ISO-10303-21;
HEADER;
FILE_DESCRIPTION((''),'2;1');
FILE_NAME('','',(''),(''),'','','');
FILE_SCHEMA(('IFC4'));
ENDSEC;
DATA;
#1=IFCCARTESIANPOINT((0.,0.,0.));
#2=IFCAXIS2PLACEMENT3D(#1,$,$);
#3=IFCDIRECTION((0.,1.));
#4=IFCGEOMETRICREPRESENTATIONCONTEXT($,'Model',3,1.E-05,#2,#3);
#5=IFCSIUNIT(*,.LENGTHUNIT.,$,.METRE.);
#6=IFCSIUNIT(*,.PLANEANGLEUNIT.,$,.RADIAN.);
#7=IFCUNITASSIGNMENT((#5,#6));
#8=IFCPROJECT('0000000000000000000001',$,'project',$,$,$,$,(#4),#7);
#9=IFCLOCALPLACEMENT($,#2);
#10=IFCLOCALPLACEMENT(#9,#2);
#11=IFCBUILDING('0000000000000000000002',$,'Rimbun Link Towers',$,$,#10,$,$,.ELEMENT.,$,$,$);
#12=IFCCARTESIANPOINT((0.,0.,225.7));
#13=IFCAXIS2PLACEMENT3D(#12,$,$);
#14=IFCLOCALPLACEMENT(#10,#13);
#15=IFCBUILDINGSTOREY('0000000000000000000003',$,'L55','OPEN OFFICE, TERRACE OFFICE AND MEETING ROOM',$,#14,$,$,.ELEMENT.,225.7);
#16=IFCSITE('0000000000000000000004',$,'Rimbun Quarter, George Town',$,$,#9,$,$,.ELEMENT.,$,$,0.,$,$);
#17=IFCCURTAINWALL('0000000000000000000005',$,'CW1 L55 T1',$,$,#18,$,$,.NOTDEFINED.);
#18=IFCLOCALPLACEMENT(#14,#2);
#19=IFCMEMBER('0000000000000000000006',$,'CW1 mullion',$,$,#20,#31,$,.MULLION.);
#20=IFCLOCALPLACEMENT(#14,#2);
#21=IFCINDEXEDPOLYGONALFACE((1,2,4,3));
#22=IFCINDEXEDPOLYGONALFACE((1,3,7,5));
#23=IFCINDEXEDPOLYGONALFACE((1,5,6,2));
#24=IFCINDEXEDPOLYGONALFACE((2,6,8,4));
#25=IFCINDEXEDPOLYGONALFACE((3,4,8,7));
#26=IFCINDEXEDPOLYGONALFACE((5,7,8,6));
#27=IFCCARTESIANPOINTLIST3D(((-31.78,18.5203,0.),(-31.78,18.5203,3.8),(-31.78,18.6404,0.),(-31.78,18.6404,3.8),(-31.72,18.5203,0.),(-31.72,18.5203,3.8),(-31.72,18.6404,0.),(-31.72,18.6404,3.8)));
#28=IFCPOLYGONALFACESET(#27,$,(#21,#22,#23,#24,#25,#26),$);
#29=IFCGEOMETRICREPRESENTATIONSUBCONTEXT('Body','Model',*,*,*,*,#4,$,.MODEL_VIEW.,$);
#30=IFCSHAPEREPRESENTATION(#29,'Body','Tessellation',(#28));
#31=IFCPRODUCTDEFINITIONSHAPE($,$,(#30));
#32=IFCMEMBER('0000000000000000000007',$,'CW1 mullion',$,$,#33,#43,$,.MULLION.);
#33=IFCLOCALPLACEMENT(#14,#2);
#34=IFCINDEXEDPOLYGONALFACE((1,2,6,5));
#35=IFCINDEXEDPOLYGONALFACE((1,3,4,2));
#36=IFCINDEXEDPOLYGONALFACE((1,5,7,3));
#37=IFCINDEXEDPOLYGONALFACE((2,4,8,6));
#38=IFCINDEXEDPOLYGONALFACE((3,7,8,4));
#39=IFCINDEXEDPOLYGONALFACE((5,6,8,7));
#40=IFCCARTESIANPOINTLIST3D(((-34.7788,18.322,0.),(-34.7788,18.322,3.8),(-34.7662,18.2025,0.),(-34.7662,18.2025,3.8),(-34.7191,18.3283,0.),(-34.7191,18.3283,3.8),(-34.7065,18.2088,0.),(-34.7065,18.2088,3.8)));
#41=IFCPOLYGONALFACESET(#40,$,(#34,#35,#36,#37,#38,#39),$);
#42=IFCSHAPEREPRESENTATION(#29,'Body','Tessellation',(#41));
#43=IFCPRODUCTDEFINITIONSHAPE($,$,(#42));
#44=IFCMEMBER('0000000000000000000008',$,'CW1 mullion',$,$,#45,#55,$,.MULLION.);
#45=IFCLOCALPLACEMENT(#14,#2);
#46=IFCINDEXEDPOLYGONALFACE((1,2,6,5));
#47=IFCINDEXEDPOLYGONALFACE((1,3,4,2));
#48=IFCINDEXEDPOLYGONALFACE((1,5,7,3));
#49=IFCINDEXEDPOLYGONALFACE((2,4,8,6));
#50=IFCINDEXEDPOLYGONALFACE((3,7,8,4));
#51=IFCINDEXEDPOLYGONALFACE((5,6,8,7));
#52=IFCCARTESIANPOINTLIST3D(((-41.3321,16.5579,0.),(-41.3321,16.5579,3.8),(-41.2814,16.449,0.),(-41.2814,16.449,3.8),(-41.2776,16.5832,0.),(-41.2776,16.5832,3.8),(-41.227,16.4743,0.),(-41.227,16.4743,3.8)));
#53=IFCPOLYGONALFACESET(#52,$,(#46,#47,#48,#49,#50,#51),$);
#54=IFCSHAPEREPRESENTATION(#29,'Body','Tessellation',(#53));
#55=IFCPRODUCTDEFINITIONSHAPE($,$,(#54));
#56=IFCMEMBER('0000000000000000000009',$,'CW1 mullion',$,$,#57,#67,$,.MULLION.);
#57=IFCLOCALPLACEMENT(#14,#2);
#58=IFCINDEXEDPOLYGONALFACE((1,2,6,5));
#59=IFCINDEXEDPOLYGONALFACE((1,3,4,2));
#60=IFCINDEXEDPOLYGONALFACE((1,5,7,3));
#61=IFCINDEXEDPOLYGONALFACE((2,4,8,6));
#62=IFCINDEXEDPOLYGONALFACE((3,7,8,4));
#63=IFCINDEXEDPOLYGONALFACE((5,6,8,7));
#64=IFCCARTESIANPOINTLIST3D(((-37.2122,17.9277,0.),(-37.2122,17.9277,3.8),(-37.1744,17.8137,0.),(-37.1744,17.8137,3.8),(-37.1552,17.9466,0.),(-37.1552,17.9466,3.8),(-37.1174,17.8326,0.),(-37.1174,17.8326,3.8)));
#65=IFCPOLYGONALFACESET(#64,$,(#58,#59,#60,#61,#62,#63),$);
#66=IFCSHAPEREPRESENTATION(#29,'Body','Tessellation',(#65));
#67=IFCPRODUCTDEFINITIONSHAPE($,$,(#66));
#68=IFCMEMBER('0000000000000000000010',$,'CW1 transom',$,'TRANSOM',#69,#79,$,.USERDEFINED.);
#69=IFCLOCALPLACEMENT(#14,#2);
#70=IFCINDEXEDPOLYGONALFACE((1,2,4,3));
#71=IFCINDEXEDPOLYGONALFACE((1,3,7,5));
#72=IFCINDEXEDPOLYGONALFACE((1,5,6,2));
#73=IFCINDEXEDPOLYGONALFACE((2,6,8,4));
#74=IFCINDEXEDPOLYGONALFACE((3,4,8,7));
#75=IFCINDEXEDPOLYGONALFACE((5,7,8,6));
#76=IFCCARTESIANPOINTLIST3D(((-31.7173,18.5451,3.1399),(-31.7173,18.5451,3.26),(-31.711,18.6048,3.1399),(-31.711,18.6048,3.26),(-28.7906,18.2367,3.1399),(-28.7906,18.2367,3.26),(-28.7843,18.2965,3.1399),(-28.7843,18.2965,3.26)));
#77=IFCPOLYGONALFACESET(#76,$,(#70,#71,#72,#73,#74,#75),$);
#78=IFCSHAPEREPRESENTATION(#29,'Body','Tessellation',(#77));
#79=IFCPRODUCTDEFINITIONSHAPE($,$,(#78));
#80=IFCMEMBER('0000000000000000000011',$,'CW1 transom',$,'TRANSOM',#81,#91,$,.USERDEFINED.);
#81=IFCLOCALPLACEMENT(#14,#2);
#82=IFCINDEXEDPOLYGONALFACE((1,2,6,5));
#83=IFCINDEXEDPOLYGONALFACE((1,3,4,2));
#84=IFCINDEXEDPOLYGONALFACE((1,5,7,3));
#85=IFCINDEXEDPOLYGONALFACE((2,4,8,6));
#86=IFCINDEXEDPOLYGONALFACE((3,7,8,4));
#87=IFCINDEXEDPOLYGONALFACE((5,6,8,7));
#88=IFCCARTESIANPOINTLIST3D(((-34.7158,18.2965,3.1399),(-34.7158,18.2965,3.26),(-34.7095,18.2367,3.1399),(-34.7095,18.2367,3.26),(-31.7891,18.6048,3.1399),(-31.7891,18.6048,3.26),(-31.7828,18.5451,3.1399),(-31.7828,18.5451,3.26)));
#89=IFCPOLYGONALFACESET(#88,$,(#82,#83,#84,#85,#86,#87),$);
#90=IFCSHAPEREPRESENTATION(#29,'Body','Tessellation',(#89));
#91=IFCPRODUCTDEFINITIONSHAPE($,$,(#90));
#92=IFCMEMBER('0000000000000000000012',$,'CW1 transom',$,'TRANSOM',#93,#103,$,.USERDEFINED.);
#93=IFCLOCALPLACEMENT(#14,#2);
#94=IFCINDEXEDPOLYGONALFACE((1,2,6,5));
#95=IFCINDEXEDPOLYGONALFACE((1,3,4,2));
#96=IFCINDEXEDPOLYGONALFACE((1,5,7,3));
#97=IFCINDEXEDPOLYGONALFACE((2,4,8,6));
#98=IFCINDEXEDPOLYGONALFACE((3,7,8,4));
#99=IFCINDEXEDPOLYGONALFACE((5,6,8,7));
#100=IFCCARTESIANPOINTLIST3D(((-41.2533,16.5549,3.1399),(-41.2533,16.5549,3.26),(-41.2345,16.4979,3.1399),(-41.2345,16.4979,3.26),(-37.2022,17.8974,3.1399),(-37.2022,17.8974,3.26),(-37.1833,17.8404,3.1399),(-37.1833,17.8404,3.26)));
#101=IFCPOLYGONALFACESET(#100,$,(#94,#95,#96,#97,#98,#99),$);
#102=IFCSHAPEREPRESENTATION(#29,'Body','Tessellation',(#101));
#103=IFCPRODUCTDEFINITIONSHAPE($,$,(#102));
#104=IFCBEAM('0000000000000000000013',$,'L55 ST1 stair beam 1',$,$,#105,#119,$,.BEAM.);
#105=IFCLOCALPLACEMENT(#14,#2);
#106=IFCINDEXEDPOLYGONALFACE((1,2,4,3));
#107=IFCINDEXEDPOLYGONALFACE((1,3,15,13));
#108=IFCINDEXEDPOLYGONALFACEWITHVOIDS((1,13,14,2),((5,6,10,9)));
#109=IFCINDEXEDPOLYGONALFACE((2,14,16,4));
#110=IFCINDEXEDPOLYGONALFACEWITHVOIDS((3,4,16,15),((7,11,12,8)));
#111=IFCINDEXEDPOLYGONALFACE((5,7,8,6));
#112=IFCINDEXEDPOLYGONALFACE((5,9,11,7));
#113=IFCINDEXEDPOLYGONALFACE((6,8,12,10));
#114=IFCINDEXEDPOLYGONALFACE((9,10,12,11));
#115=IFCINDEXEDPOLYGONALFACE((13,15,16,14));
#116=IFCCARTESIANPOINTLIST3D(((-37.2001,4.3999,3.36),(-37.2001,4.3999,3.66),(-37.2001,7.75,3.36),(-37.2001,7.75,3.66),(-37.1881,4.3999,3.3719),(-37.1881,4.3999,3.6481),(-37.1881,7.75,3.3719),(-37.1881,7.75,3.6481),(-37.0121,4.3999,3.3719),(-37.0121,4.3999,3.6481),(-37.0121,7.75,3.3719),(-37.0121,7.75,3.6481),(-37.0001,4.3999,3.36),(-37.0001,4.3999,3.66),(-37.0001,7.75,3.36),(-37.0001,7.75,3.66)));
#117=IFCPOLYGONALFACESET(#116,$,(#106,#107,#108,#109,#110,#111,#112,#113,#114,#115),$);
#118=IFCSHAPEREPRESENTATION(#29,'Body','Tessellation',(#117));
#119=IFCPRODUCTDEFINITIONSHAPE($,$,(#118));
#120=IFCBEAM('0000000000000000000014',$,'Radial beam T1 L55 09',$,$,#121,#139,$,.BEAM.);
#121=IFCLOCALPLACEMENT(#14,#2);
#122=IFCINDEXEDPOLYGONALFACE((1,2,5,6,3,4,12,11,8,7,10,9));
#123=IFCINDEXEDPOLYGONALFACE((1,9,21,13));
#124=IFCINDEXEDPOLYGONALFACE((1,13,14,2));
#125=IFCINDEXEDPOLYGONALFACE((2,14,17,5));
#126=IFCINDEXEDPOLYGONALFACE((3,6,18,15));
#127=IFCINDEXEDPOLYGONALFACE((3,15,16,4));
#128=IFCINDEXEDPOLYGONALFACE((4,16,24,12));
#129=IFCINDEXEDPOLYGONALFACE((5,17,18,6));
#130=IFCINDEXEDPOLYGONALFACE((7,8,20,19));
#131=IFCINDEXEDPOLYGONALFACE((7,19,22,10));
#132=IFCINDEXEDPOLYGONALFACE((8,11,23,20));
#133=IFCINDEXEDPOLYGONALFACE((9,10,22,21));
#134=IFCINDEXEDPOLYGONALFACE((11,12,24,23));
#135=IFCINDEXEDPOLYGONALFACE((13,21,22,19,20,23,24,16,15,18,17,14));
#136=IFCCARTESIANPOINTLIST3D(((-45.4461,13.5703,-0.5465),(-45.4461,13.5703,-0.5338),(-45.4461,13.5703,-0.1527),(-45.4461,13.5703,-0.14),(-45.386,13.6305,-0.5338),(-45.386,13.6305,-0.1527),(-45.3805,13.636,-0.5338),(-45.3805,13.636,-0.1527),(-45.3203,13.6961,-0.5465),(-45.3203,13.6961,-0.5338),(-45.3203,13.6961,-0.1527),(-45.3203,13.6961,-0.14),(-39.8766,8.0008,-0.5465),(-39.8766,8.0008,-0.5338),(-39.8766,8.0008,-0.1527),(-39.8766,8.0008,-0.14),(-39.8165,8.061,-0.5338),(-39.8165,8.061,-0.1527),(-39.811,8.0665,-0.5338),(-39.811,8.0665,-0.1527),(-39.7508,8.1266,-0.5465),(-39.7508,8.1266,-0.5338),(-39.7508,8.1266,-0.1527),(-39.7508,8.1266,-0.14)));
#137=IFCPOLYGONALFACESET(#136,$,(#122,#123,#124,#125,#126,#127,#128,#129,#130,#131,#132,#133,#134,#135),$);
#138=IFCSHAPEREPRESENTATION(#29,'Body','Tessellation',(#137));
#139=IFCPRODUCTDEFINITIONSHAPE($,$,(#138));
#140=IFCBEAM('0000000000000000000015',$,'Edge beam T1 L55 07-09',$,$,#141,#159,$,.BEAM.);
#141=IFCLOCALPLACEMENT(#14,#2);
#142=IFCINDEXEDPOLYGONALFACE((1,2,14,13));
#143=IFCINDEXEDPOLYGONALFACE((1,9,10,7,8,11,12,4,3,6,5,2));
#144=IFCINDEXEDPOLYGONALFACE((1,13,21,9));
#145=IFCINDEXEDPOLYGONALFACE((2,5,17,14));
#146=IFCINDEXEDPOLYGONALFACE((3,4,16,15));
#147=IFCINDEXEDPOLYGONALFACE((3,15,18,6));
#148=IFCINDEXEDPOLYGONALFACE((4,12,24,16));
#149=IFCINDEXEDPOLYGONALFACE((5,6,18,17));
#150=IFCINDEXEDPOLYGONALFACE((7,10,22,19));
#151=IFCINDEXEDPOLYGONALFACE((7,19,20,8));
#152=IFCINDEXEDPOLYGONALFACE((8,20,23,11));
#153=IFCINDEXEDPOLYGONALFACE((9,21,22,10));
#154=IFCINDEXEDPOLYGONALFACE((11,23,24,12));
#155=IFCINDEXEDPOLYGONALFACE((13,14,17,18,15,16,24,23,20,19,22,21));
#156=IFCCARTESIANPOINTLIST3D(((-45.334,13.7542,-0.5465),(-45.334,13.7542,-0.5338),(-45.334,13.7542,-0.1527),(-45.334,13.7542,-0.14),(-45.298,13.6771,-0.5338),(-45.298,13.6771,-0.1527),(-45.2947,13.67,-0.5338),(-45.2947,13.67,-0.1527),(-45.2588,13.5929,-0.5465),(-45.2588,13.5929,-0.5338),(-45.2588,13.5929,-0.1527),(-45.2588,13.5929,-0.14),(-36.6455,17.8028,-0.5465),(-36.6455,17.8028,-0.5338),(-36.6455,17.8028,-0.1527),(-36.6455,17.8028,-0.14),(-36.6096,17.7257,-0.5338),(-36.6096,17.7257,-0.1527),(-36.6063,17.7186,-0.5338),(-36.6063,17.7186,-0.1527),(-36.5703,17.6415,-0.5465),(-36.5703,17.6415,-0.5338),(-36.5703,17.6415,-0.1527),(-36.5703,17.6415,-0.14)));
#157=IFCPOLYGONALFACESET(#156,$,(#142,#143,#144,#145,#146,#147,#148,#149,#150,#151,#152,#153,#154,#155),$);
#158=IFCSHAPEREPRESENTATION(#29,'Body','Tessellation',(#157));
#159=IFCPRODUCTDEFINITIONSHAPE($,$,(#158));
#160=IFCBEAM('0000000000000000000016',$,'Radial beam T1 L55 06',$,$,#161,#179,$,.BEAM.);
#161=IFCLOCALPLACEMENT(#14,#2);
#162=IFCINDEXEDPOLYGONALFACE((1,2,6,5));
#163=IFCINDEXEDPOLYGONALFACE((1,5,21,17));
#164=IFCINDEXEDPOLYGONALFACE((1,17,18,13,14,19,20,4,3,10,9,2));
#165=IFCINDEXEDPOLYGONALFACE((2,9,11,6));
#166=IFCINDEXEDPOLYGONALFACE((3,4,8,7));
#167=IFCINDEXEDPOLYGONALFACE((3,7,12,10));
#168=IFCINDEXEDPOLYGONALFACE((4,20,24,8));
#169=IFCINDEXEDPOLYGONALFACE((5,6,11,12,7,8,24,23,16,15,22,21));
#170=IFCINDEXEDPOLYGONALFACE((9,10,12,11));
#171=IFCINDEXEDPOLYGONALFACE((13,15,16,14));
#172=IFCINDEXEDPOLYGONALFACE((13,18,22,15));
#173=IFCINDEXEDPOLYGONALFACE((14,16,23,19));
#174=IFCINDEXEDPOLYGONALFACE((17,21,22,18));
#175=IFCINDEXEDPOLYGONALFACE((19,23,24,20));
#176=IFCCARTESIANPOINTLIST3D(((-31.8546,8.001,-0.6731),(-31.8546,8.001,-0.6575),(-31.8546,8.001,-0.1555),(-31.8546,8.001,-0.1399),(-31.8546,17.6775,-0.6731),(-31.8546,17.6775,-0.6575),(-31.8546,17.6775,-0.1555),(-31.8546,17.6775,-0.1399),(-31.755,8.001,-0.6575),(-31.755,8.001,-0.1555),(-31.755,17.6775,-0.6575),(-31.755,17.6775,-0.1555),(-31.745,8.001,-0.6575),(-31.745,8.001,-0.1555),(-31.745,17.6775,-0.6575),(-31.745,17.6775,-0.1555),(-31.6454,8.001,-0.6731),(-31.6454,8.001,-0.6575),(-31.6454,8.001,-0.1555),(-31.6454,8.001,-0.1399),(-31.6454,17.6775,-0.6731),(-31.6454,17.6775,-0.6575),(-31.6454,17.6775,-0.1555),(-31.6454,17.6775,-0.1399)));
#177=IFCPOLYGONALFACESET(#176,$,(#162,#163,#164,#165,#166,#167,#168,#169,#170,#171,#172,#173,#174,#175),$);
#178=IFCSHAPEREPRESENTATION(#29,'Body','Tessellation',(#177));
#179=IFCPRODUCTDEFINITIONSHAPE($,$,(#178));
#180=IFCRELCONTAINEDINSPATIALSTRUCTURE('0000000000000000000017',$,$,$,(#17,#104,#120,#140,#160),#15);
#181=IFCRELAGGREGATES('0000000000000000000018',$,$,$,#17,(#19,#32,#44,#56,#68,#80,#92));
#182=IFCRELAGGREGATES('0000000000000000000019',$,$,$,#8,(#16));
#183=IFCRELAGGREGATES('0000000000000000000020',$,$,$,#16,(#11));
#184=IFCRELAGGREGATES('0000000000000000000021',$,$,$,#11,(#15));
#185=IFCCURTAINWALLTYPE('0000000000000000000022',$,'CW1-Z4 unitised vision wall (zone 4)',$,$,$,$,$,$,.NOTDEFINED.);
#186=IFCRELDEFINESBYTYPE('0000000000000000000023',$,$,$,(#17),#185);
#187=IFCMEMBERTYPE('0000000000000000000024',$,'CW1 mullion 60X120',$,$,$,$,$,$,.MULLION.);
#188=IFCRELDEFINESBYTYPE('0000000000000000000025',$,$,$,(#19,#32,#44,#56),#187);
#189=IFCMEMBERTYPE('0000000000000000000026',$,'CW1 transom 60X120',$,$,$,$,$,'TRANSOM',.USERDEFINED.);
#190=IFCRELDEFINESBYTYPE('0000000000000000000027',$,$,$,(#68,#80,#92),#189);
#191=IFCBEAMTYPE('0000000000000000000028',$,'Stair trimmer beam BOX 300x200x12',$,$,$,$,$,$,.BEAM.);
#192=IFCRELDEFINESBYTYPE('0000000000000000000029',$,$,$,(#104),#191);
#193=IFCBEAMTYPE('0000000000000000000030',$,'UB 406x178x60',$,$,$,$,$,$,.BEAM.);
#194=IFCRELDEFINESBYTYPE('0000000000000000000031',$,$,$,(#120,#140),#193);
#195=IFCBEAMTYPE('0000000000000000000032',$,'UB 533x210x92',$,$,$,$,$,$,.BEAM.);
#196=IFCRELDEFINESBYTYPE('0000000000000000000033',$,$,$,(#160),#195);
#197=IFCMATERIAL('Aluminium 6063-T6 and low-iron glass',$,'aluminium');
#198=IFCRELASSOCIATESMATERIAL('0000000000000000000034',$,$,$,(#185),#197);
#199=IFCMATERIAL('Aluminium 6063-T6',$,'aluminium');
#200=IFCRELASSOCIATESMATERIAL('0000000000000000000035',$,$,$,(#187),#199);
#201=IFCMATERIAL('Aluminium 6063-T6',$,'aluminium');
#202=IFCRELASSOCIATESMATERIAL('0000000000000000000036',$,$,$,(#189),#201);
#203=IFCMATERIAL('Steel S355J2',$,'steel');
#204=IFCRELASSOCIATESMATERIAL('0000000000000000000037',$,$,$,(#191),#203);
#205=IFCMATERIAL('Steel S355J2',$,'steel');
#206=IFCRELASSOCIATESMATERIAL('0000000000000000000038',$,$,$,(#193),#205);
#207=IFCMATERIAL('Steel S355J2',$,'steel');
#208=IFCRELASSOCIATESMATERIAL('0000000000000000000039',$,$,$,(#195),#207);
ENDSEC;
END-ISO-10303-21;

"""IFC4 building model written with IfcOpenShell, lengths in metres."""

from ifc_helpers import new_model, si_unit, direction, frame, origin, origin_2d, place, context, subcontext, project, spatial, rectangle, hollow_rectangle, i_section, extrude, material, material_profile, profile_set, type_object, element, aggregate, save


model = new_model("IFC4")

# Units and contexts
model_context = context("Model", 3, precision=1e-05, world=origin(), true_north=direction((0.0, 1.0)))
body_context = subcontext(model_context, "Body", "Model", "MODEL_VIEW")
ifc_project = project(units=[si_unit("LENGTHUNIT", "METRE"), si_unit("PLANEANGLEUNIT", "RADIAN")], contexts=[model_context])

# Site, building, storey
site_placement = place(None, origin())
site = spatial("IfcSite", under=ifc_project, at=site_placement, Name="Rimbun Quarter, George Town", CompositionType="ELEMENT", RefElevation=0.0)
building_placement = place(site_placement, origin())
building = spatial("IfcBuilding", under=site, at=building_placement, Name="Rimbun Link Towers", CompositionType="ELEMENT")
storey_placement = place(building_placement, frame((0.0, 0.0, 225.7)))
storey = spatial("IfcBuildingStorey", under=building, at=storey_placement, Name="L55", Description="OPEN OFFICE, TERRACE OFFICE AND MEETING ROOM", CompositionType="ELEMENT", Elevation=225.7)

# Curtain wall, members
ifc_material_1 = material(Name="Aluminium 6063-T6 and low-iron glass", Category="aluminium")
curtain_wall_type = type_object("IfcCurtainWallType", Name="CW1-Z4 unitised vision wall (zone 4)", PredefinedType="NOTDEFINED", material=ifc_material_1)
curtain_wall_placement = place(storey_placement, origin())
curtain_wall = element("IfcCurtainWall", 1, at=curtain_wall_placement, inside=storey, type_object=curtain_wall_type, Name="CW1 L55 T1", PredefinedType="NOTDEFINED")
ifc_material_2 = material(Name="Aluminium 6063-T6", Category="aluminium")
ifc_material_profile_1 = material_profile(ifc_material_2, rectangle(XDim=0.1201, YDim=0.0601, at=origin_2d()), Name="MULLION 60X120")
ifc_profile_set_1 = profile_set([ifc_material_profile_1], Name="Aluminium 6063-T6")
member_type_1 = type_object("IfcMemberType", Name="CW1 mullion 60X120", PredefinedType="MULLION", material=ifc_profile_set_1)
member_1_placement = place(storey_placement, frame((-31.75, 18.5803, 0.0), z_axis=(0.0, 0.0, 1.0), x_axis=(0.0, 1.0, 0.0)))
member_1 = element("IfcMember", 2, at=member_1_placement, type_object=member_type_1, Name="CW1 mullion", PredefinedType="MULLION", context=body_context, shape_type="SweptSolid", body=[
    extrude(rectangle(XDim=0.1201, YDim=0.0601, at=origin_2d()), origin(), (0.0, 0.0, 1.0), 3.8),
])
member_2_placement = place(storey_placement, frame((-34.7427, 18.2654, 0.0), z_axis=(0.0, 0.0, 1.0), x_axis=(-0.104739, 0.9945, 0.0)))
member_2 = element("IfcMember", 3, at=member_2_placement, type_object=member_type_1, Name="CW1 mullion", PredefinedType="MULLION", context=body_context, shape_type="SweptSolid", body=[
    extrude(rectangle(XDim=0.1201, YDim=0.0601, at=origin_2d()), origin(), (0.0, 0.0, 1.0), 3.8),
])
member_3_placement = place(storey_placement, frame((-41.2795, 16.5161, 0.0), z_axis=(0.0, 0.0, 1.0), x_axis=(-0.421702, 0.906734, 0.0)))
member_3 = element("IfcMember", 4, at=member_3_placement, type_object=member_type_1, Name="CW1 mullion", PredefinedType="MULLION", context=body_context, shape_type="SweptSolid", body=[
    extrude(rectangle(XDim=0.1201, YDim=0.0601, at=origin_2d()), origin(), (0.0, 0.0, 1.0), 3.8),
])
member_4_placement = place(storey_placement, frame((-37.1648, 17.8801, 0.0), z_axis=(0.0, 0.0, 1.0), x_axis=(-0.314565, 0.949236, 0.0)))
member_4 = element("IfcMember", 5, at=member_4_placement, type_object=member_type_1, Name="CW1 mullion", PredefinedType="MULLION", context=body_context, shape_type="SweptSolid", body=[
    extrude(rectangle(XDim=0.1201, YDim=0.0601, at=origin_2d()), origin(), (0.0, 0.0, 1.0), 3.8),
])
ifc_material_3 = material(Name="Aluminium 6063-T6", Category="aluminium")
ifc_material_profile_2 = material_profile(ifc_material_3, rectangle(XDim=0.0601, YDim=0.1201, at=origin_2d()), Name="TRANSOM 60X120")
ifc_profile_set_2 = profile_set([ifc_material_profile_2], Name="Aluminium 6063-T6")
member_type_2 = type_object("IfcMemberType", Name="CW1 transom 60X120", ElementType="TRANSOM", PredefinedType="USERDEFINED", material=ifc_profile_set_2)
member_5_placement = place(storey_placement, frame((-31.7141, 18.575, 3.2), z_axis=(0.994496, -0.104775, 0.0), x_axis=(0.104775, 0.994496, 0.0)))
member_5 = element("IfcMember", 6, at=member_5_placement, type_object=member_type_2, Name="CW1 transom", ObjectType="TRANSOM", PredefinedType="USERDEFINED", context=body_context, shape_type="SweptSolid", body=[
    extrude(rectangle(XDim=0.0601, YDim=0.1201, at=origin_2d()), origin(), (0.0, 0.0, 1.0), 2.9429),
])
member_6_placement = place(storey_placement, frame((-34.7126, 18.2666, 3.2), z_axis=(0.994496, 0.104775, 0.0), x_axis=(-0.104775, 0.994496, 0.0)))
member_6 = element("IfcMember", 7, at=member_6_placement, type_object=member_type_2, Name="CW1 transom", ObjectType="TRANSOM", PredefinedType="USERDEFINED", context=body_context, shape_type="SweptSolid", body=[
    extrude(rectangle(XDim=0.0601, YDim=0.1201, at=origin_2d()), origin(), (0.0, 0.0, 1.0), 2.9429),
])
member_7_placement = place(storey_placement, frame((-41.2439, 16.5264, 3.2), z_axis=(0.949237, 0.314563, 0.0), x_axis=(-0.314563, 0.949237, 0.0)))
member_7 = element("IfcMember", 8, at=member_7_placement, type_object=member_type_2, Name="CW1 transom", ObjectType="TRANSOM", PredefinedType="USERDEFINED", context=body_context, shape_type="SweptSolid", body=[
    extrude(rectangle(XDim=0.0601, YDim=0.1201, at=origin_2d()), origin(), (0.0, 0.0, 1.0), 4.2678),
])

# Beams
ifc_material_4 = material(Name="Steel S355J2", Category="steel")
ifc_material_profile_3 = material_profile(ifc_material_4, hollow_rectangle(XDim=0.2, YDim=0.3, WallThickness=0.012, at=origin_2d()), Name="BOX 300x200x12")
ifc_profile_set_3 = profile_set([ifc_material_profile_3], Name="Steel S355J2")
beam_type_1 = type_object("IfcBeamType", Name="Stair trimmer beam BOX 300x200x12", PredefinedType="BEAM", material=ifc_profile_set_3)
beam_1_placement = place(storey_placement, frame((-37.1001, 7.75, 3.51), z_axis=(0.0, -1.0, 0.0), x_axis=(1.0, 0.0, 0.0)))
element("IfcBeam", 9, at=beam_1_placement, inside=storey, type_object=beam_type_1, Name="L55 ST1 stair beam 1", PredefinedType="BEAM", context=body_context, shape_type="SweptSolid", body=[
    extrude(hollow_rectangle(XDim=0.2, YDim=0.3, WallThickness=0.012, at=origin_2d()), origin(), (0.0, 0.0, 1.0), 3.3501),
])
ifc_material_5 = material(Name="Steel S355J2", Category="steel")
ifc_material_profile_4 = material_profile(ifc_material_5, i_section(OverallWidth=0.178, OverallDepth=0.4065, WebThickness=0.0078, FlangeThickness=0.0127, at=origin_2d()), Name="UB 406x178x60")
ifc_profile_set_4 = profile_set([ifc_material_profile_4], Name="Steel S355J2")
beam_type_2 = type_object("IfcBeamType", Name="UB 406x178x60", PredefinedType="BEAM", material=ifc_profile_set_4)
beam_2_placement = place(storey_placement, frame((-39.8137, 8.0637, -0.3433), z_axis=(-0.707107, 0.707107, 0.0), x_axis=(-0.707107, -0.707107, 0.0)))
element("IfcBeam", 10, at=beam_2_placement, inside=storey, type_object=beam_type_2, Name="Radial beam T1 L55 09", PredefinedType="BEAM", context=body_context, shape_type="SweptSolid", body=[
    extrude(i_section(OverallWidth=0.178, OverallDepth=0.4065, WebThickness=0.0078, FlangeThickness=0.0127, at=origin_2d()), origin(), (0.0, 0.0, 1.0), 7.8765),
])
beam_3_placement = place(storey_placement, frame((-36.6079, 17.7222, -0.3433), z_axis=(-0.906424, -0.422368, 0.0), x_axis=(0.422368, -0.906424, 0.0)))
element("IfcBeam", 11, at=beam_3_placement, inside=storey, type_object=beam_type_2, Name="Edge beam T1 L55 07-09", PredefinedType="BEAM", context=body_context, shape_type="SweptSolid", body=[
    extrude(i_section(OverallWidth=0.178, OverallDepth=0.4065, WebThickness=0.0078, FlangeThickness=0.0127, at=origin_2d()), origin(), (0.0, 0.0, 1.0), 9.5854),
])
ifc_material_6 = material(Name="Steel S355J2", Category="steel")
ifc_material_profile_5 = material_profile(ifc_material_6, i_section(OverallWidth=0.2092, OverallDepth=0.5332, WebThickness=0.01, FlangeThickness=0.0156, at=origin_2d()), Name="UB 533x210x92")
ifc_profile_set_5 = profile_set([ifc_material_profile_5], Name="Steel S355J2")
beam_type_3 = type_object("IfcBeamType", Name="UB 533x210x92", PredefinedType="BEAM", material=ifc_profile_set_5)
beam_4_placement = place(storey_placement, frame((-31.75, 8.001, -0.4065), z_axis=(0.0, 1.0, 0.0), x_axis=(-1.0, 0.0, 0.0)))
element("IfcBeam", 12, at=beam_4_placement, inside=storey, type_object=beam_type_3, Name="Radial beam T1 L55 06", PredefinedType="BEAM", context=body_context, shape_type="SweptSolid", body=[
    extrude(i_section(OverallWidth=0.2092, OverallDepth=0.5332, WebThickness=0.01, FlangeThickness=0.0156, at=origin_2d()), origin(), (0.0, 0.0, 1.0), 9.6765),
])

aggregate(curtain_wall, [member_1, member_2, member_3, member_4, member_5, member_6, member_7])

save(model, "model.ifc")
